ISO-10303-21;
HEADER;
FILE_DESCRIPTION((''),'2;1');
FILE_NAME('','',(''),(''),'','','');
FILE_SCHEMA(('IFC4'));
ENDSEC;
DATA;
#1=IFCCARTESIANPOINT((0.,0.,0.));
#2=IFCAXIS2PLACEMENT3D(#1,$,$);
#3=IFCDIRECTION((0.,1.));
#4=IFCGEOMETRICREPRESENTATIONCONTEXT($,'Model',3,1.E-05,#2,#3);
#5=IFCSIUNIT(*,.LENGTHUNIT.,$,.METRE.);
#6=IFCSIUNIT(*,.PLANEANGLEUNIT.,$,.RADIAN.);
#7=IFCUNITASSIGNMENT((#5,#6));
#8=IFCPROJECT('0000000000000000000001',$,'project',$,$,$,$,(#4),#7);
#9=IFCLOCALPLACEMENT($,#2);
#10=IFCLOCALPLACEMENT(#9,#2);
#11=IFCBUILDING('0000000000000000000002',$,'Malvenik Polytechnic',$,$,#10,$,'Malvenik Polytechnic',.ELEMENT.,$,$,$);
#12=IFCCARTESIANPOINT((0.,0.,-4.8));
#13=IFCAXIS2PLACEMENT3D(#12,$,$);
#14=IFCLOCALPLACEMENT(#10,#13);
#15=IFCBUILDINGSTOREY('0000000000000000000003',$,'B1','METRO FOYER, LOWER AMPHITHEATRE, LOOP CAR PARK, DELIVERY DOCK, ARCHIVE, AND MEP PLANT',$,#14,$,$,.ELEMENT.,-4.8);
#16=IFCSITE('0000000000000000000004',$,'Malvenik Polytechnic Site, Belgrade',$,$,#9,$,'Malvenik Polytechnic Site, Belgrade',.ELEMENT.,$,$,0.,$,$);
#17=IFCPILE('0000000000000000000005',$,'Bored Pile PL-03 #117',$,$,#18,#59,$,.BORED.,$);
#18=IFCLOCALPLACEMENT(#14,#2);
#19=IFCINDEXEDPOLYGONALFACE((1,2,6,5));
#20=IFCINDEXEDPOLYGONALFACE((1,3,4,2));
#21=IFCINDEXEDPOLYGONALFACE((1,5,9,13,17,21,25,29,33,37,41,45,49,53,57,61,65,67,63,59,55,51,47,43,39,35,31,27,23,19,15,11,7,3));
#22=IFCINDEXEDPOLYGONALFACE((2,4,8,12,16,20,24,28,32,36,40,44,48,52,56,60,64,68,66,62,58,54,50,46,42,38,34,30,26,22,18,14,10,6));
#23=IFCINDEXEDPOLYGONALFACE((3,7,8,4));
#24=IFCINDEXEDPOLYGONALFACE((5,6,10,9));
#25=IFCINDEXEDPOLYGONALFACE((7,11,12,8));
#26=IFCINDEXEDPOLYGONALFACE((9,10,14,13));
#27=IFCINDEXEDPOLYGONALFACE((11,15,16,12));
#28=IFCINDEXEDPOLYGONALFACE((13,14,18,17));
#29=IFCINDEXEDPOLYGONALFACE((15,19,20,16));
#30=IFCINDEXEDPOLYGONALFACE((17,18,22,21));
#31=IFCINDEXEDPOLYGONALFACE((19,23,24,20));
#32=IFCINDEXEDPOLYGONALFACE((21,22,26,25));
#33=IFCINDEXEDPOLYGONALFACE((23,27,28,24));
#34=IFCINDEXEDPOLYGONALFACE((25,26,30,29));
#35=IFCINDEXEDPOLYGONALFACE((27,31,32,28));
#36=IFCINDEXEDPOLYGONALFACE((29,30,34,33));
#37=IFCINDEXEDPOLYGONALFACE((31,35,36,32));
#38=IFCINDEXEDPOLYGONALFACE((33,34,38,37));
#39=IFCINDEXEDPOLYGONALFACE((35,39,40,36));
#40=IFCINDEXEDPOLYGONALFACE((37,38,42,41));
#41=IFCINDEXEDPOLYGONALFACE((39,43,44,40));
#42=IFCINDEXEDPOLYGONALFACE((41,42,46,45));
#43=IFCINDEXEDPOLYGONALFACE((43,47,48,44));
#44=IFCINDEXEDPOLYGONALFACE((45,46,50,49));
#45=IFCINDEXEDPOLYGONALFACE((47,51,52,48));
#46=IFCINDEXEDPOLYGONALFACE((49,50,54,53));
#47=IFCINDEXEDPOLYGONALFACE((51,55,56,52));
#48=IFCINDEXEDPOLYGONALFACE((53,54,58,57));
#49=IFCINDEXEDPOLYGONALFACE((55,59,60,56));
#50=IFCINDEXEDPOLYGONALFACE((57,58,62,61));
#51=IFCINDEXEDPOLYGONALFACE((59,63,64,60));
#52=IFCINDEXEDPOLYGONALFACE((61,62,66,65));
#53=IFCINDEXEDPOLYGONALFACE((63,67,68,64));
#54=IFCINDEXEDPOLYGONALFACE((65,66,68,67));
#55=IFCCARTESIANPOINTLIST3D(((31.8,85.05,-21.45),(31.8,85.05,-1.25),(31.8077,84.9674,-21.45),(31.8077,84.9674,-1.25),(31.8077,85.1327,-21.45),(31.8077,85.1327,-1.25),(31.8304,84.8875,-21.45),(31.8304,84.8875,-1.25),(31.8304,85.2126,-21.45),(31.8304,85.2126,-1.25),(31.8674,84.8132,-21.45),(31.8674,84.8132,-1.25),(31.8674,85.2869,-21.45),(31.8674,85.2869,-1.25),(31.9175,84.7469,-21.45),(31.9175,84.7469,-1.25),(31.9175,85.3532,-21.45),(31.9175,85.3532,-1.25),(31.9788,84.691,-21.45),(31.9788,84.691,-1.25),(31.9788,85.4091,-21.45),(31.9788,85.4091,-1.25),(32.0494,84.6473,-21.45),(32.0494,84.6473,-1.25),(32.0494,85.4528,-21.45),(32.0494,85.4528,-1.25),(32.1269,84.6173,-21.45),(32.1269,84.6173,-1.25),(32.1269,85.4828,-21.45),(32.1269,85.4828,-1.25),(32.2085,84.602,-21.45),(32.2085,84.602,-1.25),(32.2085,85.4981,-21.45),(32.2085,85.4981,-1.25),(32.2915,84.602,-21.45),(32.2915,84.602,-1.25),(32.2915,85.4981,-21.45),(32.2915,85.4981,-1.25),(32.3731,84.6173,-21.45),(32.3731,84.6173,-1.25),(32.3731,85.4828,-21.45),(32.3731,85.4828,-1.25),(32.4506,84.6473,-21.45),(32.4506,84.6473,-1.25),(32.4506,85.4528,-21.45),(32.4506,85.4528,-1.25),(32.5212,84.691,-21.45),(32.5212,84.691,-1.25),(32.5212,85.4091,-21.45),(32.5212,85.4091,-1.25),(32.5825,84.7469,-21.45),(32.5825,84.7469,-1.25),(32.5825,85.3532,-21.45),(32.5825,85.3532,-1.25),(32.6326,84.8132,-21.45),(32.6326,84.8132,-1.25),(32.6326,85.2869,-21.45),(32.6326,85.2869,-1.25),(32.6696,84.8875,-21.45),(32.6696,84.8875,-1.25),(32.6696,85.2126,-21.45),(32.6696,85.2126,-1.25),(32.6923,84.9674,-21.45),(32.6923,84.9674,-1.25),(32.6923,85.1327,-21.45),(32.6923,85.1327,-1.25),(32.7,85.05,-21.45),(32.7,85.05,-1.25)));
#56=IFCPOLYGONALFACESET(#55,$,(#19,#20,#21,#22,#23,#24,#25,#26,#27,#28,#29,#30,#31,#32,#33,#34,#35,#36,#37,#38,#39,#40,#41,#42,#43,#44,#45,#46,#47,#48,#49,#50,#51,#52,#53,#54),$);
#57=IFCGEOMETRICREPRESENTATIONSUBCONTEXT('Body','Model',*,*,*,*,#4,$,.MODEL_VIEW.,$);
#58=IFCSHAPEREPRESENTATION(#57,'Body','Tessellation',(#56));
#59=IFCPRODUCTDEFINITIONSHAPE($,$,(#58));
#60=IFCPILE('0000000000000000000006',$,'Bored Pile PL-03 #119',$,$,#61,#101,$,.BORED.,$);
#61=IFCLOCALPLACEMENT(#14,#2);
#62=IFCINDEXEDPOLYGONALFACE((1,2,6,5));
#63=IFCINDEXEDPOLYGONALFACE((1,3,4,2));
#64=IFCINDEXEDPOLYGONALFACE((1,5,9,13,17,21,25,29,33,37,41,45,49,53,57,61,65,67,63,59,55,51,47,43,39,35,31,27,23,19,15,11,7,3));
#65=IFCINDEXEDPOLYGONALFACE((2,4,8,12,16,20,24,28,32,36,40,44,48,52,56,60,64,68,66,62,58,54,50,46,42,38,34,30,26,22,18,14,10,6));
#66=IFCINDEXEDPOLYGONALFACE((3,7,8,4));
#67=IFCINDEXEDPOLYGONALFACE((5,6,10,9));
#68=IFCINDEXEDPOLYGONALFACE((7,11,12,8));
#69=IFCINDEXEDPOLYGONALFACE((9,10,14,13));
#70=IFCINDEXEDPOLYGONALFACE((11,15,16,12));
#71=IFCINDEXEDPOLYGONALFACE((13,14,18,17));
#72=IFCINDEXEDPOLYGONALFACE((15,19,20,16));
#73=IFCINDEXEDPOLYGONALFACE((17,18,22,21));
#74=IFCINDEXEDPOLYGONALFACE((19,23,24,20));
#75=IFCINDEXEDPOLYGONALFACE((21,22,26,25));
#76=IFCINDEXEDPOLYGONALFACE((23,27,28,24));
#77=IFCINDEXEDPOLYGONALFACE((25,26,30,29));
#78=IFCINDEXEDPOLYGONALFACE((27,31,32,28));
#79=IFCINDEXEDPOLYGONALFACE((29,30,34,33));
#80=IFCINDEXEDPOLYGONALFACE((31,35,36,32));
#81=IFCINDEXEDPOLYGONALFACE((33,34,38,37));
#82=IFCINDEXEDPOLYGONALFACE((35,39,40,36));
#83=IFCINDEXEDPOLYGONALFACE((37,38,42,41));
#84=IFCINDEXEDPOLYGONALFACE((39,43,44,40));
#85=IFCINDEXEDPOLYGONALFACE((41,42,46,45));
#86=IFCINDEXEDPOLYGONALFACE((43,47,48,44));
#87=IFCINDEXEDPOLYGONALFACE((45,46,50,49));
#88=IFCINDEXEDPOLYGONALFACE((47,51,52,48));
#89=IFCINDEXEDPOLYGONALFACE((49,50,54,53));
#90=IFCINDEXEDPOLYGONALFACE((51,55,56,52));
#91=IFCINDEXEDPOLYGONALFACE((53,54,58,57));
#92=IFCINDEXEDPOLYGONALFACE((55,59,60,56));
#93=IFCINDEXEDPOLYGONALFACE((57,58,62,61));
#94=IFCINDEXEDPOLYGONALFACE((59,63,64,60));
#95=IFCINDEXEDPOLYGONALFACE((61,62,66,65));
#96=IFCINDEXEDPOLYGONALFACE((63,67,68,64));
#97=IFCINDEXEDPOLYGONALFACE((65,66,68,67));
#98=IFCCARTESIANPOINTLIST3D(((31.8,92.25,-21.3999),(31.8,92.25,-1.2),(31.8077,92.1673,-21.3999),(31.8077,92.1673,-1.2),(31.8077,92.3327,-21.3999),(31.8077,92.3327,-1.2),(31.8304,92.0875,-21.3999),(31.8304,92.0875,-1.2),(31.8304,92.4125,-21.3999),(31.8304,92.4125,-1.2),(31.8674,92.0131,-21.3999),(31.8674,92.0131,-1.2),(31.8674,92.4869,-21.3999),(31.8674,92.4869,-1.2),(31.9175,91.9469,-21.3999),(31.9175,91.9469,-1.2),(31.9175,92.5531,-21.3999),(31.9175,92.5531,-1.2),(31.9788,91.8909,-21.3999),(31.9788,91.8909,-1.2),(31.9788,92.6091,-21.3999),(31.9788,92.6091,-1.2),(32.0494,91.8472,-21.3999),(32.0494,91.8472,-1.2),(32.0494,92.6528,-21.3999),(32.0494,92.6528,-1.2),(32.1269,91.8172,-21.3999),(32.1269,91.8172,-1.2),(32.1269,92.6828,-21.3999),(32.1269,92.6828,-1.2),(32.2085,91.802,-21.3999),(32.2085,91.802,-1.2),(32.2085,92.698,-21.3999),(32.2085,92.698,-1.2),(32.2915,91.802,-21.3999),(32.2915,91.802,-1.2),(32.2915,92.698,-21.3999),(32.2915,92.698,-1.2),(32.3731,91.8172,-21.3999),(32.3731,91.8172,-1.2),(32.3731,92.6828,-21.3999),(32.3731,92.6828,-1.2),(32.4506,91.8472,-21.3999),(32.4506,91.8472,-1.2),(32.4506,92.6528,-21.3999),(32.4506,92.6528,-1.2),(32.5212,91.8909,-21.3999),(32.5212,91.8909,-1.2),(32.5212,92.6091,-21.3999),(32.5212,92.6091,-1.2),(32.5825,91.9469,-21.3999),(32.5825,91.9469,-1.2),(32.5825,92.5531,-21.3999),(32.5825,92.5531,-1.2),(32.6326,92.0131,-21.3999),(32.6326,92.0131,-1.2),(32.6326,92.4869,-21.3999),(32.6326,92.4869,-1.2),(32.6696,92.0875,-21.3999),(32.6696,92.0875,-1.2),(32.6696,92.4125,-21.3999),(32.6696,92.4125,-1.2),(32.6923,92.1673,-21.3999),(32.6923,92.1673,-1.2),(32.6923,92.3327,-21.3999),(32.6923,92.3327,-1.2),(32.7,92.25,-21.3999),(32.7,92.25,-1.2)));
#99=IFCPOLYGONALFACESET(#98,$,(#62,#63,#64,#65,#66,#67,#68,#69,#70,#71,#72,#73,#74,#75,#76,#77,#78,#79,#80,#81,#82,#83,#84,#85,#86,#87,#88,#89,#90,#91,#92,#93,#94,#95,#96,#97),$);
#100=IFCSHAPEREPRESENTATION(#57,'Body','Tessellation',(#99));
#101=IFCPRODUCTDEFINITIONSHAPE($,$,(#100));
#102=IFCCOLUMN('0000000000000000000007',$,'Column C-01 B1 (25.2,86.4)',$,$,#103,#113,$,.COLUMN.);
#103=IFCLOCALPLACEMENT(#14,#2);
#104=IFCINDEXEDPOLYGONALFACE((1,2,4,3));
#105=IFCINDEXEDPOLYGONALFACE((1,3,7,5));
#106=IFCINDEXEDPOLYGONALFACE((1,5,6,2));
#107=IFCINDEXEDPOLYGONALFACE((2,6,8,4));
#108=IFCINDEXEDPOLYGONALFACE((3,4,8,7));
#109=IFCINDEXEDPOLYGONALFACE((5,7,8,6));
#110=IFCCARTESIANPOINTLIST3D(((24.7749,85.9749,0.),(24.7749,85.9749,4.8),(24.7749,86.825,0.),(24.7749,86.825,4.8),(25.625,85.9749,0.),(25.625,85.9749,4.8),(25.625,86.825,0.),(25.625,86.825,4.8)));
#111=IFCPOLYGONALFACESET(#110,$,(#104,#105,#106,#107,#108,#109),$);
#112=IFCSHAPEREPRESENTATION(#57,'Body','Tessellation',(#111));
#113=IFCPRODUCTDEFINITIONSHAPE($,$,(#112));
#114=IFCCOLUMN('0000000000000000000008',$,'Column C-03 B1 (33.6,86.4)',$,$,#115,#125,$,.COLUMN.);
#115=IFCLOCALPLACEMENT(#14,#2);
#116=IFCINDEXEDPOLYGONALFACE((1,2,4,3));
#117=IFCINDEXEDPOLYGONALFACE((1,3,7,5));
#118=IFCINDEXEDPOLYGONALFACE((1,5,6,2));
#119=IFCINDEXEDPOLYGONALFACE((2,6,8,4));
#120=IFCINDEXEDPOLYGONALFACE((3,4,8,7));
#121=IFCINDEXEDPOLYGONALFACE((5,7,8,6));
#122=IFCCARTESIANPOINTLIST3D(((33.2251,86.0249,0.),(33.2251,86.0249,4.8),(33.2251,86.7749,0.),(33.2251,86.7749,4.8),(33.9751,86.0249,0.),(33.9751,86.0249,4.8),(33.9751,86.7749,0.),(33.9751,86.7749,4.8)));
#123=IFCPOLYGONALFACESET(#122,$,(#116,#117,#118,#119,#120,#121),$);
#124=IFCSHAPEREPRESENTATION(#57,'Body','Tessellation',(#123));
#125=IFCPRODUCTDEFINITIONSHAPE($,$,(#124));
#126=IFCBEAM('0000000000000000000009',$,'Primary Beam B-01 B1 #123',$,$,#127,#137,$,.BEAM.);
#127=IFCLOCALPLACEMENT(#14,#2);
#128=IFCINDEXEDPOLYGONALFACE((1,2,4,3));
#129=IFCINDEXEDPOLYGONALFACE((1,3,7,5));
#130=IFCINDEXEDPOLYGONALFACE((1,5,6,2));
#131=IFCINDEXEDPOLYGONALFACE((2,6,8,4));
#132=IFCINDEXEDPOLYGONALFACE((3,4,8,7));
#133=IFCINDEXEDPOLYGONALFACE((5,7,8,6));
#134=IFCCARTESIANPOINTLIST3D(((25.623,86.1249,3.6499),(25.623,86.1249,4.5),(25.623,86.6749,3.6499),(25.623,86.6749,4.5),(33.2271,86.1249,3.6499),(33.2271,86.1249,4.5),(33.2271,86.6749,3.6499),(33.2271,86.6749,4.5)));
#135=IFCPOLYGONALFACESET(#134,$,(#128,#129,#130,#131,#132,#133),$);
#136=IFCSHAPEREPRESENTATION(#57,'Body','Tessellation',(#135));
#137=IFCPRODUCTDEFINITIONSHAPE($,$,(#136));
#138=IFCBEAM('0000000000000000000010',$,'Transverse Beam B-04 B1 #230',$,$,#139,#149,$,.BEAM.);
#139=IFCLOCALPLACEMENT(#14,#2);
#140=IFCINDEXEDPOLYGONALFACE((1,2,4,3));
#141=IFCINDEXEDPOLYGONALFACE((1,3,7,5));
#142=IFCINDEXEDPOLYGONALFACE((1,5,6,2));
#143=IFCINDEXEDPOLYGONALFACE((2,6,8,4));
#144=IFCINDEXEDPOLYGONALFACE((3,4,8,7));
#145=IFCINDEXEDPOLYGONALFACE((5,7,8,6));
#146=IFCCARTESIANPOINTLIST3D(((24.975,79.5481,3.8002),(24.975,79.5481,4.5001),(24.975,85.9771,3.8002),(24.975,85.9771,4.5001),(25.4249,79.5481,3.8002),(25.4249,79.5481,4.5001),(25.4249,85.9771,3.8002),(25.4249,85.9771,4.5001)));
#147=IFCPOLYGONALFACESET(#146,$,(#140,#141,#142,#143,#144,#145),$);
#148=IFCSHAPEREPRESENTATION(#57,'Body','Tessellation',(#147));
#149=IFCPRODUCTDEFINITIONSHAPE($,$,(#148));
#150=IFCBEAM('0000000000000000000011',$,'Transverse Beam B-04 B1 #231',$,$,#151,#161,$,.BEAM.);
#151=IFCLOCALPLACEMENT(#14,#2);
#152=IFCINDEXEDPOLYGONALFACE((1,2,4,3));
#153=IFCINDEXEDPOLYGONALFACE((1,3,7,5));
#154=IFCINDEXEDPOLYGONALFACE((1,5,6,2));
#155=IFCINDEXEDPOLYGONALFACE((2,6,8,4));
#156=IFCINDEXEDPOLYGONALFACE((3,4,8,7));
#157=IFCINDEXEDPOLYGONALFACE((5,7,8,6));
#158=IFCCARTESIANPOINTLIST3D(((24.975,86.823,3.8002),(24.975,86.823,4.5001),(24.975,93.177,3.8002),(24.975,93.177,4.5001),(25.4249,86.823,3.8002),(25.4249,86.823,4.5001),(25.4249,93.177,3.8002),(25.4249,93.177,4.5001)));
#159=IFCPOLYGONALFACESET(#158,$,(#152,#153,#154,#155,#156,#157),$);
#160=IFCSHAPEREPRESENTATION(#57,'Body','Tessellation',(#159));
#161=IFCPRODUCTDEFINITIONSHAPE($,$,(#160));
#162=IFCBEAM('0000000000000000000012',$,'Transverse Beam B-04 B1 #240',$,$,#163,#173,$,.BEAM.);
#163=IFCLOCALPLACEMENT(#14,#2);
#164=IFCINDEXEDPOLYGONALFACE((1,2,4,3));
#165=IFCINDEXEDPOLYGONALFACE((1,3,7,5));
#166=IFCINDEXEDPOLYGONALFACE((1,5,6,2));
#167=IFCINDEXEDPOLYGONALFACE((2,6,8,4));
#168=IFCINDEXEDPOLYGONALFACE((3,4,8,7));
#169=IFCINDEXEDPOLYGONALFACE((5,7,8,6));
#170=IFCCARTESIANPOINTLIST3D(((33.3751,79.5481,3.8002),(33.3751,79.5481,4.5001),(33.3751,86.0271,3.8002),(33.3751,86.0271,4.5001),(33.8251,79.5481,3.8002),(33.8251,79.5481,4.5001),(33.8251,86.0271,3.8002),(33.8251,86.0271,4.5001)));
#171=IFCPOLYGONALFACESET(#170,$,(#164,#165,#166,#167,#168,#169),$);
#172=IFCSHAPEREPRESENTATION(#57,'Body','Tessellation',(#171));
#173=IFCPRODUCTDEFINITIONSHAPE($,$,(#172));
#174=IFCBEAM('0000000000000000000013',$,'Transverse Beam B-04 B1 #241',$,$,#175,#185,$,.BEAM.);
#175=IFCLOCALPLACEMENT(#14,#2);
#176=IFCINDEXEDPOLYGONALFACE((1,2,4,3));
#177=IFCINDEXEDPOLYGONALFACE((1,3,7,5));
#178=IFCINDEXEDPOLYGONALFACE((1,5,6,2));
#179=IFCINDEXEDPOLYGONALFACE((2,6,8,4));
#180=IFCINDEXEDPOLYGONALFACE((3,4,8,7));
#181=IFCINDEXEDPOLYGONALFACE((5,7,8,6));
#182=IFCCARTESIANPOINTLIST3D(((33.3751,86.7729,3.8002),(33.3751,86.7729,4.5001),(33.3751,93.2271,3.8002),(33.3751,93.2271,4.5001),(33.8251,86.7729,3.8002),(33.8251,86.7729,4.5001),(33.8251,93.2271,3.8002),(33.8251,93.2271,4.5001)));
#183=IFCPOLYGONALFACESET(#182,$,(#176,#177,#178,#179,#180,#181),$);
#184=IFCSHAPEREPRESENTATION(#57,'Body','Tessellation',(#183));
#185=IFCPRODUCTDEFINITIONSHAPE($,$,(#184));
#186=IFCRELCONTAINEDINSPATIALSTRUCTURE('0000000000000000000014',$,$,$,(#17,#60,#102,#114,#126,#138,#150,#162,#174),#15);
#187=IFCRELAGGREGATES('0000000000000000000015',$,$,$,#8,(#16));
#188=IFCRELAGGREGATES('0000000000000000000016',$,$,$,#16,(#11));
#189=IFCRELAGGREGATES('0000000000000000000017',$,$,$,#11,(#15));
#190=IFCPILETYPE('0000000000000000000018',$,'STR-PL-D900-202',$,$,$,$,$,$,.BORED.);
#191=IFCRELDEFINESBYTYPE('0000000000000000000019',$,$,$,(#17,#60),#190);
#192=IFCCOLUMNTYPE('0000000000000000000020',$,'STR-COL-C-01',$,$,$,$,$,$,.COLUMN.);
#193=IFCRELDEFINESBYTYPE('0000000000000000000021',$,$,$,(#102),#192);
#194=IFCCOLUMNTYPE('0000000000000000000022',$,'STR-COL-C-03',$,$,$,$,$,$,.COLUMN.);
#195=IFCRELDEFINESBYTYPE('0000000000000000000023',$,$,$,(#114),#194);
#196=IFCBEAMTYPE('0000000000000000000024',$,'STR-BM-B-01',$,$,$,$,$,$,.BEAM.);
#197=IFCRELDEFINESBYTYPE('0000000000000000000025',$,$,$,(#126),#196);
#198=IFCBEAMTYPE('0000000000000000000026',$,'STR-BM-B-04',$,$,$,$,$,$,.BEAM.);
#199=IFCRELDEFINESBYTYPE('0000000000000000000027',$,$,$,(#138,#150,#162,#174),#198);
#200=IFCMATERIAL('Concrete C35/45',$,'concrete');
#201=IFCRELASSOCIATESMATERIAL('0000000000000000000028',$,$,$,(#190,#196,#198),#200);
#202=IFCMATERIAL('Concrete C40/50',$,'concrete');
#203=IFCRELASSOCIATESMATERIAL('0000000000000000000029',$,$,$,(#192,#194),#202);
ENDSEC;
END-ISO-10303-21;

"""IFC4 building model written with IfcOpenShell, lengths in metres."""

from ifc_helpers import new_model, si_unit, direction, frame, origin, origin_2d, place, context, subcontext, project, spatial, rectangle, circle, extrude, material, material_profile, profile_set, type_object, element, save


model = new_model("IFC4")

# Units and contexts
model_context = context("Model", 3, precision=1e-05, world=origin(), true_north=direction((0.0, 1.0)))
body_context = subcontext(model_context, "Body", "Model", "MODEL_VIEW")
ifc_project = project(units=[si_unit("LENGTHUNIT", "METRE"), si_unit("PLANEANGLEUNIT", "RADIAN")], contexts=[model_context])

# Site, building, storey
site_placement = place(None, origin())
site = spatial("IfcSite", under=ifc_project, at=site_placement, Name="Malvenik Polytechnic Site, Belgrade", LongName="Malvenik Polytechnic Site, Belgrade", CompositionType="ELEMENT", RefElevation=0.0)
building_placement = place(site_placement, origin())
building = spatial("IfcBuilding", under=site, at=building_placement, Name="Malvenik Polytechnic", LongName="Malvenik Polytechnic", CompositionType="ELEMENT")
storey_placement = place(building_placement, frame((0.0, 0.0, -4.8)))
storey = spatial("IfcBuildingStorey", under=building, at=storey_placement, Name="B1", Description="METRO FOYER, LOWER AMPHITHEATRE, LOOP CAR PARK, DELIVERY DOCK, ARCHIVE, AND MEP PLANT", CompositionType="ELEMENT", Elevation=-4.8)

# Shared definitions
ifc_material_1 = material(Name="Concrete C35/45", Category="concrete")

# Piles
ifc_material_profile_1 = material_profile(ifc_material_1, circle(Radius=0.45, at=origin_2d()), Name="BORED PILE D900")
ifc_profile_set_1 = profile_set([ifc_material_profile_1], Name="Concrete C35/45")
pile_type_1 = type_object("IfcPileType", Name="STR-PL-D900-202", PredefinedType="BORED", material=ifc_profile_set_1)
for number, where, z_axis, x_axis, name in (
    (1, (32.25, 85.05, -1.25), (0.0, 0.0, -1.0), (1.0, 0.0, 0.0), "Bored Pile PL-03 #117"),
    (2, (32.25, 92.25, -1.2), (0.0, 0.0, -1.0), (1.0, 0.0, 0.0), "Bored Pile PL-03 #119"),
):
    element("IfcPile", number, at=place(storey_placement, frame(where, z_axis=z_axis, x_axis=x_axis)), inside=storey, type_object=pile_type_1, Name=name, PredefinedType="BORED", context=body_context, shape_type="SweptSolid", body=[
        extrude(circle(Radius=0.45, at=origin_2d()), origin(), (0.0, 0.0, 1.0), 20.2),
    ])

# Columns
ifc_material_2 = material(Name="Concrete C40/50", Category="concrete")
ifc_material_profile_2 = material_profile(ifc_material_2, rectangle(XDim=0.8501, YDim=0.8501, at=origin_2d()), Name="RC COL 850x850")
ifc_profile_set_2 = profile_set([ifc_material_profile_2], Name="Concrete C40/50")
column_type_1 = type_object("IfcColumnType", Name="STR-COL-C-01", PredefinedType="COLUMN", material=ifc_profile_set_2)
column_1_placement = place(storey_placement, frame((25.2, 86.3999, 0.0), z_axis=(0.0, 0.0, 1.0), x_axis=(1.0, 0.0, 0.0)))
element("IfcColumn", 3, at=column_1_placement, inside=storey, type_object=column_type_1, Name="Column C-01 B1 (25.2,86.4)", PredefinedType="COLUMN", context=body_context, shape_type="SweptSolid", body=[
    extrude(rectangle(XDim=0.8501, YDim=0.8501, at=origin_2d()), origin(), (0.0, 0.0, 1.0), 4.8),
])
ifc_material_profile_3 = material_profile(ifc_material_2, rectangle(XDim=0.75, YDim=0.75, at=origin_2d()), Name="RC COL 750x750")
ifc_profile_set_3 = profile_set([ifc_material_profile_3], Name="Concrete C40/50")
column_type_2 = type_object("IfcColumnType", Name="STR-COL-C-03", PredefinedType="COLUMN", material=ifc_profile_set_3)
column_2_placement = place(storey_placement, frame((33.6001, 86.3999, 0.0), z_axis=(0.0, 0.0, 1.0), x_axis=(1.0, 0.0, 0.0)))
element("IfcColumn", 4, at=column_2_placement, inside=storey, type_object=column_type_2, Name="Column C-03 B1 (33.6,86.4)", PredefinedType="COLUMN", context=body_context, shape_type="SweptSolid", body=[
    extrude(rectangle(XDim=0.75, YDim=0.75, at=origin_2d()), origin(), (0.0, 0.0, 1.0), 4.8),
])

# Beams
ifc_material_profile_4 = material_profile(ifc_material_1, rectangle(XDim=0.55, YDim=0.8501, at=origin_2d()), Name="RC BM 550x850")
ifc_profile_set_4 = profile_set([ifc_material_profile_4], Name="Concrete C35/45")
beam_type_1 = type_object("IfcBeamType", Name="STR-BM-B-01", PredefinedType="BEAM", material=ifc_profile_set_4)
beam_1_placement = place(storey_placement, frame((25.623, 86.3999, 4.075), z_axis=(1.0, 0.0, 0.0), x_axis=(0.0, 1.0, 0.0)))
element("IfcBeam", 5, at=beam_1_placement, inside=storey, type_object=beam_type_1, Name="Primary Beam B-01 B1 #123", PredefinedType="BEAM", context=body_context, shape_type="SweptSolid", body=[
    extrude(rectangle(XDim=0.55, YDim=0.8501, at=origin_2d()), origin(), (0.0, 0.0, 1.0), 7.604),
])
ifc_material_profile_5 = material_profile(ifc_material_1, rectangle(XDim=0.45, YDim=0.7, at=origin_2d()), Name="RC BM 450x700")
ifc_profile_set_5 = profile_set([ifc_material_profile_5], Name="Concrete C35/45")
beam_type_2 = type_object("IfcBeamType", Name="STR-BM-B-04", PredefinedType="BEAM", material=ifc_profile_set_5)
beam_2_placement = place(storey_placement, frame((25.2, 79.5481, 4.1501), z_axis=(0.0, 1.0, 0.0), x_axis=(-1.0, 0.0, 0.0)))
element("IfcBeam", 6, at=beam_2_placement, inside=storey, type_object=beam_type_2, Name="Transverse Beam B-04 B1 #230", PredefinedType="BEAM", context=body_context, shape_type="SweptSolid", body=[
    extrude(rectangle(XDim=0.45, YDim=0.7, at=origin_2d()), origin(), (0.0, 0.0, 1.0), 6.429),
])
beam_3_placement = place(storey_placement, frame((25.2, 86.823, 4.1501), z_axis=(0.0, 1.0, 0.0), x_axis=(-1.0, 0.0, 0.0)))
element("IfcBeam", 7, at=beam_3_placement, inside=storey, type_object=beam_type_2, Name="Transverse Beam B-04 B1 #231", PredefinedType="BEAM", context=body_context, shape_type="SweptSolid", body=[
    extrude(rectangle(XDim=0.45, YDim=0.7, at=origin_2d()), origin(), (0.0, 0.0, 1.0), 6.354),
])
beam_4_placement = place(storey_placement, frame((33.6001, 79.5481, 4.1501), z_axis=(0.0, 1.0, 0.0), x_axis=(-1.0, 0.0, 0.0)))
element("IfcBeam", 8, at=beam_4_placement, inside=storey, type_object=beam_type_2, Name="Transverse Beam B-04 B1 #240", PredefinedType="BEAM", context=body_context, shape_type="SweptSolid", body=[
    extrude(rectangle(XDim=0.45, YDim=0.7, at=origin_2d()), origin(), (0.0, 0.0, 1.0), 6.479),
])
beam_5_placement = place(storey_placement, frame((33.6001, 86.7729, 4.1501), z_axis=(0.0, 1.0, 0.0), x_axis=(-1.0, 0.0, 0.0)))
element("IfcBeam", 9, at=beam_5_placement, inside=storey, type_object=beam_type_2, Name="Transverse Beam B-04 B1 #241", PredefinedType="BEAM", context=body_context, shape_type="SweptSolid", body=[
    extrude(rectangle(XDim=0.45, YDim=0.7, at=origin_2d()), origin(), (0.0, 0.0, 1.0), 6.4541),
])

save(model, "model.ifc")
